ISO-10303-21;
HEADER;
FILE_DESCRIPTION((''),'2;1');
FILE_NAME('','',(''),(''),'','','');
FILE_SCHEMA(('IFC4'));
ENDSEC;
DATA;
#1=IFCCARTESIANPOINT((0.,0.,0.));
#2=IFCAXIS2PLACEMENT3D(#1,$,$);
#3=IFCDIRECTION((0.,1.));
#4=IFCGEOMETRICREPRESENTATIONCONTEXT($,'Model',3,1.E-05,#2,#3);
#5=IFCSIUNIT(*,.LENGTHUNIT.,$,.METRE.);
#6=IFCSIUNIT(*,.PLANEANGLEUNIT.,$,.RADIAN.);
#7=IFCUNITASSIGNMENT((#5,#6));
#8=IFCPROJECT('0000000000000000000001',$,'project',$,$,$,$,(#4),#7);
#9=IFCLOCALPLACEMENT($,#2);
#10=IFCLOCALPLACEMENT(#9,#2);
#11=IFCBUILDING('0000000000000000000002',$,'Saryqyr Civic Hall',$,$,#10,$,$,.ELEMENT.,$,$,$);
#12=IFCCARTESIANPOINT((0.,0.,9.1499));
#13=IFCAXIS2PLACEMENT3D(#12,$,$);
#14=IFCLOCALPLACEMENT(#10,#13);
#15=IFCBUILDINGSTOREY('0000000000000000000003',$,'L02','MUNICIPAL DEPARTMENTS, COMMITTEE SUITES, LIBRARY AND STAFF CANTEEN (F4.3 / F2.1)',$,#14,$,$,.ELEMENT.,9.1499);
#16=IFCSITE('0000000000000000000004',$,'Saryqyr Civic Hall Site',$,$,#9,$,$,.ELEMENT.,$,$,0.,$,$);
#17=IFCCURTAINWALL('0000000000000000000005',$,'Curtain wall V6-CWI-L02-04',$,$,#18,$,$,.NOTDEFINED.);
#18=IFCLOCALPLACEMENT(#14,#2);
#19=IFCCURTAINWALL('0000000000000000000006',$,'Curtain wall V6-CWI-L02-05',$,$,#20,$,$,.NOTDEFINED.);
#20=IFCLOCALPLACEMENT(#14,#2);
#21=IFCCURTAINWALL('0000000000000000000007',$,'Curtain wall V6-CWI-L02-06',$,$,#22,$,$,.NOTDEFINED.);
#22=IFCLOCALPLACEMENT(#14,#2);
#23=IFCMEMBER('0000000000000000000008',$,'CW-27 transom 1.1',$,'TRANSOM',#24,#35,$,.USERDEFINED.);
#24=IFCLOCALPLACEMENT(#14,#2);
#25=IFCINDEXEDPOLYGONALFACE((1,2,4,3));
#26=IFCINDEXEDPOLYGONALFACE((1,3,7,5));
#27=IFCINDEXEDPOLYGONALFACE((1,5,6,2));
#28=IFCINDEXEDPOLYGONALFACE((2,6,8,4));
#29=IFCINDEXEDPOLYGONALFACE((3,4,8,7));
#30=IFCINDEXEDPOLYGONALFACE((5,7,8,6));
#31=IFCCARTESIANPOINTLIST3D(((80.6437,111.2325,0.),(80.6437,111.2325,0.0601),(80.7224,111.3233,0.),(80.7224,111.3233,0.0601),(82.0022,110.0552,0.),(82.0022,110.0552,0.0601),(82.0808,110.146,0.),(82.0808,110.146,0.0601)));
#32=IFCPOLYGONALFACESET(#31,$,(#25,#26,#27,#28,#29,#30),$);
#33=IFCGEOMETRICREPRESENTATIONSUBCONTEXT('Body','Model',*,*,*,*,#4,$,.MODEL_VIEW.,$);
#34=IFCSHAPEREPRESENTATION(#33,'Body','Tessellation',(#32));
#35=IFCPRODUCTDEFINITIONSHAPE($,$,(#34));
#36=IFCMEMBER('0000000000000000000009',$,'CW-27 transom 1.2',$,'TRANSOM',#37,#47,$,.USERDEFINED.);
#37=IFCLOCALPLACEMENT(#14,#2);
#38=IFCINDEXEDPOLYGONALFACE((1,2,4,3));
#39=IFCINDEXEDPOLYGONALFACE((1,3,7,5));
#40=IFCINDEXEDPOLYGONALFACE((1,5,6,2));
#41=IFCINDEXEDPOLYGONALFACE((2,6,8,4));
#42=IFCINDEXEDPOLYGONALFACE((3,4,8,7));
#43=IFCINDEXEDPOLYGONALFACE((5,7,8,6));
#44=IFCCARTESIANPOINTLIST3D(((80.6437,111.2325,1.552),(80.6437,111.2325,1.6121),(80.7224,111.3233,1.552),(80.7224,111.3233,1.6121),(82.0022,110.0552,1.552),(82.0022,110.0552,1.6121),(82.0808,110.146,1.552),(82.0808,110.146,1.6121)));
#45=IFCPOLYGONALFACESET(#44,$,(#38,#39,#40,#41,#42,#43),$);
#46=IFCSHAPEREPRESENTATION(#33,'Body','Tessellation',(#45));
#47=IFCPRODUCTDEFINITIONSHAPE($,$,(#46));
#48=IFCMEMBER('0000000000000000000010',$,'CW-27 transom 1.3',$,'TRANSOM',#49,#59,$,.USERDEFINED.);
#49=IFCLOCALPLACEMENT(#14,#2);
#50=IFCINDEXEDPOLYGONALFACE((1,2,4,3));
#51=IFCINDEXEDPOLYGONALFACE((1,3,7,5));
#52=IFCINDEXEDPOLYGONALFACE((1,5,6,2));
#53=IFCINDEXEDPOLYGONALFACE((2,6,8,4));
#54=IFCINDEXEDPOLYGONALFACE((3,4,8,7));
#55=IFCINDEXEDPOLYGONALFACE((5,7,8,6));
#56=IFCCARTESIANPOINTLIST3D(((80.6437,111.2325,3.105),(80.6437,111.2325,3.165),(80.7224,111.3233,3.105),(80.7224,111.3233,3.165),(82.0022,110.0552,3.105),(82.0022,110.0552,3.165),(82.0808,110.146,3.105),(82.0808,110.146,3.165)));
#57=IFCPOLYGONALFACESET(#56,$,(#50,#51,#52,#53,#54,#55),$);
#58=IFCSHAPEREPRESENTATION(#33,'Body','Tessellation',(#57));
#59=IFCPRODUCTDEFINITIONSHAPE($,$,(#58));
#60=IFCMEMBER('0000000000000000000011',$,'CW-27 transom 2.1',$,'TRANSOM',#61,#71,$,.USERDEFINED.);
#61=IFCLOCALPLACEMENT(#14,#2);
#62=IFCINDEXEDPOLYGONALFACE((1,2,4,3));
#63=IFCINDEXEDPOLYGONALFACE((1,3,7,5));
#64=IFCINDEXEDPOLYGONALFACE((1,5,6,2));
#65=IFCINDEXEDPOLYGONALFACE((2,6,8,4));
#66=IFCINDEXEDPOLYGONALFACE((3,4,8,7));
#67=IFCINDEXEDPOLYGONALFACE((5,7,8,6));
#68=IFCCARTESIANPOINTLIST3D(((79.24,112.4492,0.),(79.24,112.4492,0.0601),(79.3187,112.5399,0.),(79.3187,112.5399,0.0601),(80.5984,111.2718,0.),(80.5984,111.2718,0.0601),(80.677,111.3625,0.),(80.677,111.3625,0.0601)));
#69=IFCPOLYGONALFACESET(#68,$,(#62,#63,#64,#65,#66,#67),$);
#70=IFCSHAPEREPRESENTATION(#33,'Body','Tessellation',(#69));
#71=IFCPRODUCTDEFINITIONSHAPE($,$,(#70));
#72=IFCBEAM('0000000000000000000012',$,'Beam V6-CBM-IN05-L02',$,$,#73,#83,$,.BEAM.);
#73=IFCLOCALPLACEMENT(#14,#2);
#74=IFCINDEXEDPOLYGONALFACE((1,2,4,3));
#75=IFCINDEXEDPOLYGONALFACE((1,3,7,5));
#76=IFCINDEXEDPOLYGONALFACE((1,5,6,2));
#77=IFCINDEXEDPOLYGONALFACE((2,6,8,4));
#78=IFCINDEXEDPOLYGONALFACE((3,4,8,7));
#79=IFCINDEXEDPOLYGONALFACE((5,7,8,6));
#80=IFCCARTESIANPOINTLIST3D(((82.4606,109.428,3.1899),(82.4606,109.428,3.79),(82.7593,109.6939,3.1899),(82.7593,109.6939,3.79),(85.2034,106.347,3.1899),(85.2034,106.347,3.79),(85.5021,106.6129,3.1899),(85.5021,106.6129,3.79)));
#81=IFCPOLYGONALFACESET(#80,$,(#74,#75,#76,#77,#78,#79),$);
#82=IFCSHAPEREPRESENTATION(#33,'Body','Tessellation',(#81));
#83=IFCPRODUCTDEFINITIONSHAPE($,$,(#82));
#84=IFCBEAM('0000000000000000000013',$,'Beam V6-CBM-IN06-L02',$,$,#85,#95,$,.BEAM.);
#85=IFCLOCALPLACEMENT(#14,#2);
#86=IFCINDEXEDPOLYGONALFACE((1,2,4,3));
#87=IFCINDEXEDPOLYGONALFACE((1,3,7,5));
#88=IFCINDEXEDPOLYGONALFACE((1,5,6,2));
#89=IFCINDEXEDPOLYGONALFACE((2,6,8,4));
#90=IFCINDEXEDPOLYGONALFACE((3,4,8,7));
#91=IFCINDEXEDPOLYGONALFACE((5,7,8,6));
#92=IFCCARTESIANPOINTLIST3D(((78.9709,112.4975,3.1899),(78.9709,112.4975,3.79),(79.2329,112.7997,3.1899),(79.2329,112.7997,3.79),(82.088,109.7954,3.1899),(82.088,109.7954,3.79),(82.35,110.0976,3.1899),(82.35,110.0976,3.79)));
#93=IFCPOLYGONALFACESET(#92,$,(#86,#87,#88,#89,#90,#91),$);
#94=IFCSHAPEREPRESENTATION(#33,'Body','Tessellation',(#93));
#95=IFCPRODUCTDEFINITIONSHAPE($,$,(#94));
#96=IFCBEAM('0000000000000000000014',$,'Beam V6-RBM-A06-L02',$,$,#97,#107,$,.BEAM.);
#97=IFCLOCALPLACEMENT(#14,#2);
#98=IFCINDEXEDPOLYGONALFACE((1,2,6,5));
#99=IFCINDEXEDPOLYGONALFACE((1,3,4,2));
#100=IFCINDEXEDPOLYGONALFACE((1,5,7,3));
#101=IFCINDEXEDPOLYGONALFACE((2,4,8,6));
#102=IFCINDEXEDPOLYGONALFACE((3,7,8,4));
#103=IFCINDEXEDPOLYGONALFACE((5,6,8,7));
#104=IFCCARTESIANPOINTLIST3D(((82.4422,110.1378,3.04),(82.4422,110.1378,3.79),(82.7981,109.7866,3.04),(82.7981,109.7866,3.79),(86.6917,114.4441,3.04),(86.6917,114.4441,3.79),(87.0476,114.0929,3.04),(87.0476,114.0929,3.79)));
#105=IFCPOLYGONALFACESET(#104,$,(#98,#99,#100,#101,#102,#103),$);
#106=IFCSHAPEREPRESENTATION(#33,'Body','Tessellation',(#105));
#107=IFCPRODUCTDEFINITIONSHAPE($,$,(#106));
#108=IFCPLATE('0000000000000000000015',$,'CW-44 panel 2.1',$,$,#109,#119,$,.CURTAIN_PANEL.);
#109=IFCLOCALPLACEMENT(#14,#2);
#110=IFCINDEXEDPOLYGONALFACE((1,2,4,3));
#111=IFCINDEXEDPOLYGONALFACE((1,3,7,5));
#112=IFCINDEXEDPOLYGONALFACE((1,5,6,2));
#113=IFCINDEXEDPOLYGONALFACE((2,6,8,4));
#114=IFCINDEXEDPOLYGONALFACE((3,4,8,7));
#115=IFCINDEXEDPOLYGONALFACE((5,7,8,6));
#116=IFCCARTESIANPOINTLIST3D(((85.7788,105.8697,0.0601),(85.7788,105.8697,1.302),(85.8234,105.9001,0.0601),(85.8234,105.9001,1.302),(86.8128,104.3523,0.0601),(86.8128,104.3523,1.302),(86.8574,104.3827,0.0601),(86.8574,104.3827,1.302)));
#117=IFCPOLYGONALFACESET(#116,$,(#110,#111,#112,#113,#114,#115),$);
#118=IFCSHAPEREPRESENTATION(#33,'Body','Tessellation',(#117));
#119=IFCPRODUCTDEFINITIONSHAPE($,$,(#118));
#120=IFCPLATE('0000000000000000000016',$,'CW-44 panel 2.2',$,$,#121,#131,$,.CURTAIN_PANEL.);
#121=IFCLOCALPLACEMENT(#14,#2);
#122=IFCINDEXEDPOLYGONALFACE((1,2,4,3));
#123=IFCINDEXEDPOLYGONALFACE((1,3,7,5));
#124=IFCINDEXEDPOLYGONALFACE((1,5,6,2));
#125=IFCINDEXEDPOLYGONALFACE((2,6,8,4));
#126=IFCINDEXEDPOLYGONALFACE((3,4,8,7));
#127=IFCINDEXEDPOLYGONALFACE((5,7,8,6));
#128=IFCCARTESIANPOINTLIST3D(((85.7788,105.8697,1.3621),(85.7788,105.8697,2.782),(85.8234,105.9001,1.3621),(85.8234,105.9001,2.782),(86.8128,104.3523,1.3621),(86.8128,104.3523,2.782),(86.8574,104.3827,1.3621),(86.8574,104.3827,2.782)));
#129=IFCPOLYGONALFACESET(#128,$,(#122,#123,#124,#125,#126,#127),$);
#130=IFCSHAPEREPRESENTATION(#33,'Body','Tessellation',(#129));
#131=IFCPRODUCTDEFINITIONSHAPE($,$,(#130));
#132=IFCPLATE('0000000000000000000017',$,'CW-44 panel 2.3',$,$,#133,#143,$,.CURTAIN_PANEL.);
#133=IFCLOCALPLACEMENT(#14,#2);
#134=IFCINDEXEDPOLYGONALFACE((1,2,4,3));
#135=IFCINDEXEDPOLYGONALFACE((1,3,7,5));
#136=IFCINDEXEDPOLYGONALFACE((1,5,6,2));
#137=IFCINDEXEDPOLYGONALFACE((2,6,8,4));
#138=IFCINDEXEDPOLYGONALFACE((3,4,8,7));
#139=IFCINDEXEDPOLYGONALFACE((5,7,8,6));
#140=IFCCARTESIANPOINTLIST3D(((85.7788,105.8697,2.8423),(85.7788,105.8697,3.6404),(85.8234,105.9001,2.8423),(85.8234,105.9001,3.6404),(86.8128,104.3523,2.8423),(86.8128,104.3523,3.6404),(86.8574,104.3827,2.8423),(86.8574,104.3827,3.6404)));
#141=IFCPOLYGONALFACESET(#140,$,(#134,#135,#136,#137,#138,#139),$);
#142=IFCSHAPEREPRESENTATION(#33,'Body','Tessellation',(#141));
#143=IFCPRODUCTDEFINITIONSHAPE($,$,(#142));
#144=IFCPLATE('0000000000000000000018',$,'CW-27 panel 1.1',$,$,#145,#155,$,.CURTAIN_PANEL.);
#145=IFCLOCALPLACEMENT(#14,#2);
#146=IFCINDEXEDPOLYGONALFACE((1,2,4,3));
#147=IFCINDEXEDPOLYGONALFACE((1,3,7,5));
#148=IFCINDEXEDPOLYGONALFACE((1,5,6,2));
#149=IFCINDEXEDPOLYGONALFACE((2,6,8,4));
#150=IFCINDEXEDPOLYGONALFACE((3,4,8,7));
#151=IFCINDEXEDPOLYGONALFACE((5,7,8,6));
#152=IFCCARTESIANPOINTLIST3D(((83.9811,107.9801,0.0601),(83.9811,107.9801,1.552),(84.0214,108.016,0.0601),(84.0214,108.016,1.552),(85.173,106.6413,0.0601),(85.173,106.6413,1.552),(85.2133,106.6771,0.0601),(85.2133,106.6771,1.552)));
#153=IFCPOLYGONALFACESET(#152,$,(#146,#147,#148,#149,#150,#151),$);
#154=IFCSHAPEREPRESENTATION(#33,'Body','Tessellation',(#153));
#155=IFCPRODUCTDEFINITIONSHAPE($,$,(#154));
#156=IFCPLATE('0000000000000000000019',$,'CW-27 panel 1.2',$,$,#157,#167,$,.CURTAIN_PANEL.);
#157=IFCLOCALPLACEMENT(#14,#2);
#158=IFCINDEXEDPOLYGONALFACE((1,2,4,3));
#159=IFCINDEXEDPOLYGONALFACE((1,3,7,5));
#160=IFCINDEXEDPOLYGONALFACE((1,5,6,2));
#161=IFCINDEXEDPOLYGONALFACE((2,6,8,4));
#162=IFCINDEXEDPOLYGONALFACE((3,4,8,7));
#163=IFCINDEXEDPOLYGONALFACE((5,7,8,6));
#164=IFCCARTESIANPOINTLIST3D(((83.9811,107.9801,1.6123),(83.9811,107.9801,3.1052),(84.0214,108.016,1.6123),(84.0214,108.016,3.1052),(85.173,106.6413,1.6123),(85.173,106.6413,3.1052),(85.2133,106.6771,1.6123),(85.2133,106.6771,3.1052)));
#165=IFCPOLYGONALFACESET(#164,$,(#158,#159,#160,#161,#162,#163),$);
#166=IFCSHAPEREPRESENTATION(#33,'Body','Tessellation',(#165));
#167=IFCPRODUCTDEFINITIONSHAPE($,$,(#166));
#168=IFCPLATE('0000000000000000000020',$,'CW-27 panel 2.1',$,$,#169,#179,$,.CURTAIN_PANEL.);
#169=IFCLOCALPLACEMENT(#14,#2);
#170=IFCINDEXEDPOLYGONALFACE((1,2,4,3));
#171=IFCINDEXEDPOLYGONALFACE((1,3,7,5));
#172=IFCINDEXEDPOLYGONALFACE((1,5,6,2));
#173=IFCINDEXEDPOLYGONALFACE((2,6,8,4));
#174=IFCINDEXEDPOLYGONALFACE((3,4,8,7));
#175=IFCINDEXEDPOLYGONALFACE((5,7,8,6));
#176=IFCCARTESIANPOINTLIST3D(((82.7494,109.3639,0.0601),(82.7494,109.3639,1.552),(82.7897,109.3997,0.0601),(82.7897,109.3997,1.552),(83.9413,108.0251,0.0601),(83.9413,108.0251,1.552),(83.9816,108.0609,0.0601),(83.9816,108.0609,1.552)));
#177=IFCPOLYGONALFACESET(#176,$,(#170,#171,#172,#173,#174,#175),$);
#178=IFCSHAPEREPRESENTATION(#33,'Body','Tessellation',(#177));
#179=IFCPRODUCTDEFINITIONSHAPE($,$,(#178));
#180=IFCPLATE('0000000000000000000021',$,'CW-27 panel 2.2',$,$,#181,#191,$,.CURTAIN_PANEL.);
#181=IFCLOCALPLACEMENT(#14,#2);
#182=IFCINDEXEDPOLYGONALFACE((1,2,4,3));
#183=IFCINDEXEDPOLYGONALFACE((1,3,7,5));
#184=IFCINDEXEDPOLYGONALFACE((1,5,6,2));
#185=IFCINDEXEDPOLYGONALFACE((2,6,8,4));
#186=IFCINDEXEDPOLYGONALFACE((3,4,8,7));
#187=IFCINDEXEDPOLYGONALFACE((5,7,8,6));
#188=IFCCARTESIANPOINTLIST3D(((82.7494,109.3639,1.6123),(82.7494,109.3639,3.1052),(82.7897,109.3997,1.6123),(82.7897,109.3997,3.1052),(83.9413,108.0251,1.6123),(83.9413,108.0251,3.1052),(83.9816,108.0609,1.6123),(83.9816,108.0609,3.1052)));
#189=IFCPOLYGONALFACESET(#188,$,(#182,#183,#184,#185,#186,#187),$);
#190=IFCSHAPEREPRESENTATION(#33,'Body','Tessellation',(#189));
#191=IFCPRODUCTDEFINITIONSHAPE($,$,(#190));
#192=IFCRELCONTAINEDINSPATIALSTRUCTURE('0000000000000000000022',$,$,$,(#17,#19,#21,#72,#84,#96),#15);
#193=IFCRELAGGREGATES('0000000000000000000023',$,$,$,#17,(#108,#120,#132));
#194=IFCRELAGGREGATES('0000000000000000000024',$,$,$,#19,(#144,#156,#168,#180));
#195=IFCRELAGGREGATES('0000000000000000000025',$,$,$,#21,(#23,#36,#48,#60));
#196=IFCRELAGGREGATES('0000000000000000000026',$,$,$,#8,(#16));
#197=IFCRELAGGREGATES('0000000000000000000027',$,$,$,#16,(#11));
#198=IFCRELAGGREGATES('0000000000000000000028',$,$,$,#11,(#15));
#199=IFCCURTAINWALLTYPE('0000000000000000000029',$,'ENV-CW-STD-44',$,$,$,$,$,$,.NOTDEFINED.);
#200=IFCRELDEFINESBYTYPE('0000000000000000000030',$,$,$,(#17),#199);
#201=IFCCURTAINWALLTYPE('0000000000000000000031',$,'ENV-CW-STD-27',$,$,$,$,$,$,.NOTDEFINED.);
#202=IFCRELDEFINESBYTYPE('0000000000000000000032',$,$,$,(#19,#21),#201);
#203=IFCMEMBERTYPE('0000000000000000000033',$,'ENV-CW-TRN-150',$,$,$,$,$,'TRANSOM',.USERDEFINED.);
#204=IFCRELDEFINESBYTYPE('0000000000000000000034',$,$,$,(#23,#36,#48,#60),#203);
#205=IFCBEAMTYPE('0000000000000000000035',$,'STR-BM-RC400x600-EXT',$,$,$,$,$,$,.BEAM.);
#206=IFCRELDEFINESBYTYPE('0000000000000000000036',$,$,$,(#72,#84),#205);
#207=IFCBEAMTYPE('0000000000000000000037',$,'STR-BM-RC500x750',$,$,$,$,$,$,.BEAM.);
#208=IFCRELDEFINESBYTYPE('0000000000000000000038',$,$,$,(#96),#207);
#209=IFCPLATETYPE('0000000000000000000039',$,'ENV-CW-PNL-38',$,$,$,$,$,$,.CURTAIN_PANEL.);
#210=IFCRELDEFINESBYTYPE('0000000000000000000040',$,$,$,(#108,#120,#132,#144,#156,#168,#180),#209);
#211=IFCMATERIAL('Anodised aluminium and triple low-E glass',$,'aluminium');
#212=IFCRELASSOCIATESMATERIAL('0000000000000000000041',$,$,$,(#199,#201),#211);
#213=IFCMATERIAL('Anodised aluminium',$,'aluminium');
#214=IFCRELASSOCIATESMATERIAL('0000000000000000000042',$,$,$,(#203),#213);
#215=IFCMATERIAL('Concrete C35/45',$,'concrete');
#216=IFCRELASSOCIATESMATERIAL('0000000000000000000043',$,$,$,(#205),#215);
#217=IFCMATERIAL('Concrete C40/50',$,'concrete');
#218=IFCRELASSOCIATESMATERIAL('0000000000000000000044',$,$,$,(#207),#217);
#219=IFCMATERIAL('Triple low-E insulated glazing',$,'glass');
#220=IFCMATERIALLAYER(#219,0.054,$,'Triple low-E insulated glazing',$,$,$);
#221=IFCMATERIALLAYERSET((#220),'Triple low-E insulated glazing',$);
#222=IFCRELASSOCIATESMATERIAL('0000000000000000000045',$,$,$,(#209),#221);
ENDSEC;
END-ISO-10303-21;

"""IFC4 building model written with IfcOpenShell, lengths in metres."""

from ifc_helpers import new_model, si_unit, direction, frame, origin, origin_2d, place, context, subcontext, project, spatial, rectangle, extrude, material, layer, layer_set, material_profile, profile_set, type_object, element, aggregate, save


model = new_model("IFC4")

# Units and contexts
model_context = context("Model", 3, precision=1e-05, world=origin(), true_north=direction((0.0, 1.0)))
body_context = subcontext(model_context, "Body", "Model", "MODEL_VIEW")
ifc_project = project(units=[si_unit("LENGTHUNIT", "METRE"), si_unit("PLANEANGLEUNIT", "RADIAN")], contexts=[model_context])

# Site, building, storey
site_placement = place(None, origin())
site = spatial("IfcSite", under=ifc_project, at=site_placement, Name="Saryqyr Civic Hall Site", CompositionType="ELEMENT", RefElevation=0.0)
building_placement = place(site_placement, origin())
building = spatial("IfcBuilding", under=site, at=building_placement, Name="Saryqyr Civic Hall", CompositionType="ELEMENT")
storey_placement = place(building_placement, frame((0.0, 0.0, 9.1499)))
storey = spatial("IfcBuildingStorey", under=building, at=storey_placement, Name="L02", Description="MUNICIPAL DEPARTMENTS, COMMITTEE SUITES, LIBRARY AND STAFF CANTEEN (F4.3 / F2.1)", CompositionType="ELEMENT", Elevation=9.1499)

# Shared definitions
ifc_material_1 = material(Name="Concrete C40/50", Category="concrete")

# Curtain wall
ifc_material_2 = material(Name="Anodised aluminium and triple low-E glass", Category="aluminium")
curtain_wall_type_1 = type_object("IfcCurtainWallType", Name="ENV-CW-STD-44", PredefinedType="NOTDEFINED", material=ifc_material_2)
curtain_wall_1_placement = place(storey_placement, origin())
curtain_wall_1 = element("IfcCurtainWall", 1, at=curtain_wall_1_placement, inside=storey, type_object=curtain_wall_type_1, Name="Curtain wall V6-CWI-L02-04", PredefinedType="NOTDEFINED")
ifc_material_3 = material(Name="Anodised aluminium", Category="aluminium")

# Curtain walls
curtain_wall_type_2 = type_object("IfcCurtainWallType", Name="ENV-CW-STD-27", PredefinedType="NOTDEFINED", material=ifc_material_2)
curtain_wall_2_placement = place(storey_placement, origin())
curtain_wall_2 = element("IfcCurtainWall", 2, at=curtain_wall_2_placement, inside=storey, type_object=curtain_wall_type_2, Name="Curtain wall V6-CWI-L02-05", PredefinedType="NOTDEFINED")
curtain_wall_3_placement = place(storey_placement, origin())
curtain_wall_3 = element("IfcCurtainWall", 3, at=curtain_wall_3_placement, inside=storey, type_object=curtain_wall_type_2, Name="Curtain wall V6-CWI-L02-06", PredefinedType="NOTDEFINED")

# Members
ifc_material_profile_1 = material_profile(ifc_material_3, rectangle(XDim=0.1201, YDim=0.0601, at=origin_2d()), Name="ALU TRANSOM 120x60")
ifc_profile_set_1 = profile_set([ifc_material_profile_1], Name="Anodised aluminium")
member_type_1 = type_object("IfcMemberType", Name="ENV-CW-TRN-150", ElementType="TRANSOM", PredefinedType="USERDEFINED", material=ifc_profile_set_1)
member_1_placement = place(storey_placement, frame((82.0415, 110.1006, 0.03), z_axis=(-0.755698, 0.65492, 0.0), x_axis=(-0.65492, -0.755698, 0.0)))
member_1 = element("IfcMember", 4, at=member_1_placement, type_object=member_type_1, Name="CW-27 transom 1.1", ObjectType="TRANSOM", PredefinedType="USERDEFINED", context=body_context, shape_type="SweptSolid", body=[
    extrude(rectangle(XDim=0.1201, YDim=0.0601, at=origin_2d()), origin(), (0.0, 0.0, 1.0), 1.7976),
])
member_2_placement = place(storey_placement, frame((82.0415, 110.1006, 1.582), z_axis=(-0.755698, 0.65492, 0.0), x_axis=(-0.65492, -0.755698, 0.0)))
member_2 = element("IfcMember", 5, at=member_2_placement, type_object=member_type_1, Name="CW-27 transom 1.2", ObjectType="TRANSOM", PredefinedType="USERDEFINED", context=body_context, shape_type="SweptSolid", body=[
    extrude(rectangle(XDim=0.1201, YDim=0.0601, at=origin_2d()), origin(), (0.0, 0.0, 1.0), 1.7976),
])
member_3_placement = place(storey_placement, frame((82.0415, 110.1006, 3.135), z_axis=(-0.755698, 0.65492, 0.0), x_axis=(-0.65492, -0.755698, 0.0)))
member_3 = element("IfcMember", 6, at=member_3_placement, type_object=member_type_1, Name="CW-27 transom 1.3", ObjectType="TRANSOM", PredefinedType="USERDEFINED", context=body_context, shape_type="SweptSolid", body=[
    extrude(rectangle(XDim=0.1201, YDim=0.0601, at=origin_2d()), origin(), (0.0, 0.0, 1.0), 1.7976),
])
member_4_placement = place(storey_placement, frame((80.6377, 111.3171, 0.03), z_axis=(-0.755631, 0.654998, 0.0), x_axis=(-0.654998, -0.755631, 0.0)))
member_4 = element("IfcMember", 7, at=member_4_placement, type_object=member_type_1, Name="CW-27 transom 2.1", ObjectType="TRANSOM", PredefinedType="USERDEFINED", context=body_context, shape_type="SweptSolid", body=[
    extrude(rectangle(XDim=0.1201, YDim=0.0601, at=origin_2d()), origin(), (0.0, 0.0, 1.0), 1.7976),
])

# Beams
ifc_material_4 = material(Name="Concrete C35/45", Category="concrete")
ifc_material_profile_2 = material_profile(ifc_material_4, rectangle(XDim=0.3999, YDim=0.6001, at=origin_2d()), Name="RC 400x600")
ifc_profile_set_2 = profile_set([ifc_material_profile_2], Name="Concrete C35/45")
beam_type_1 = type_object("IfcBeamType", Name="STR-BM-RC400x600-EXT", PredefinedType="BEAM", material=ifc_profile_set_2)
beam_1_placement = place(storey_placement, frame((85.3528, 106.48, 3.49), z_axis=(-0.664933, 0.746903, 0.0), x_axis=(-0.746903, -0.664933, 0.0)))
element("IfcBeam", 8, at=beam_1_placement, inside=storey, type_object=beam_type_1, Name="Beam V6-CBM-IN05-L02", PredefinedType="BEAM", context=body_context, shape_type="SweptSolid", body=[
    extrude(rectangle(XDim=0.3999, YDim=0.6001, at=origin_2d()), origin(), (0.0, 0.0, 1.0), 4.125),
])
beam_2_placement = place(storey_placement, frame((82.219, 109.9465, 3.49), z_axis=(-0.755619, 0.655012, 0.0), x_axis=(-0.655012, -0.755619, 0.0)))
element("IfcBeam", 9, at=beam_2_placement, inside=storey, type_object=beam_type_1, Name="Beam V6-CBM-IN06-L02", PredefinedType="BEAM", context=body_context, shape_type="SweptSolid", body=[
    extrude(rectangle(XDim=0.3999, YDim=0.6001, at=origin_2d()), origin(), (0.0, 0.0, 1.0), 4.1252),
])
ifc_material_profile_3 = material_profile(ifc_material_1, rectangle(XDim=0.5, YDim=0.75, at=origin_2d()), Name="RC 500x750")
ifc_profile_set_3 = profile_set([ifc_material_profile_3], Name="Concrete C40/50")
beam_type_2 = type_object("IfcBeamType", Name="STR-BM-RC500x750", PredefinedType="BEAM", material=ifc_profile_set_3)
beam_3_placement = place(storey_placement, frame((82.6201, 109.9622, 3.415), z_axis=(0.70239, 0.711792, 0.0), x_axis=(-0.711792, 0.70239, 0.0)))
element("IfcBeam", 10, at=beam_3_placement, inside=storey, type_object=beam_type_2, Name="Beam V6-RBM-A06-L02", PredefinedType="BEAM", context=body_context, shape_type="SweptSolid", body=[
    extrude(rectangle(XDim=0.5, YDim=0.75, at=origin_2d()), origin(), (0.0, 0.0, 1.0), 6.05),
])

# Plates
ifc_material_5 = material(Name="Triple low-E insulated glazing", Category="glass")
ifc_layer_1 = layer(ifc_material_5, 0.054, Name="Triple low-E insulated glazing")
ifc_layer_set_1 = layer_set([ifc_layer_1], Name="Triple low-E insulated glazing")
plate_type = type_object("IfcPlateType", Name="ENV-CW-PNL-38", PredefinedType="CURTAIN_PANEL", material=ifc_layer_set_1)
plate_1_placement = place(storey_placement, frame((86.3181, 105.1262, 0.0601), z_axis=(0.0, 0.0, 1.0), x_axis=(-0.56313, 0.826368, 0.0)))
plate_1 = element("IfcPlate", 11, at=plate_1_placement, type_object=plate_type, Name="CW-44 panel 2.1", PredefinedType="CURTAIN_PANEL", context=body_context, shape_type="SweptSolid", body=[
    extrude(rectangle(XDim=1.8362, YDim=0.054, at=origin_2d()), origin(), (0.0, 0.0, 1.0), 1.2419),
])
plate_2_placement = place(storey_placement, frame((86.3181, 105.1262, 1.3621), z_axis=(0.0, 0.0, 1.0), x_axis=(-0.56313, 0.826368, 0.0)))
plate_2 = element("IfcPlate", 12, at=plate_2_placement, type_object=plate_type, Name="CW-44 panel 2.2", PredefinedType="CURTAIN_PANEL", context=body_context, shape_type="SweptSolid", body=[
    extrude(rectangle(XDim=1.8362, YDim=0.054, at=origin_2d()), origin(), (0.0, 0.0, 1.0), 1.4199),
])
plate_3_placement = place(storey_placement, frame((86.3181, 105.1262, 2.8423), z_axis=(0.0, 0.0, 1.0), x_axis=(-0.56313, 0.826368, 0.0)))
plate_3 = element("IfcPlate", 13, at=plate_3_placement, type_object=plate_type, Name="CW-44 panel 2.3", PredefinedType="CURTAIN_PANEL", context=body_context, shape_type="SweptSolid", body=[
    extrude(rectangle(XDim=1.8362, YDim=0.054, at=origin_2d()), origin(), (0.0, 0.0, 1.0), 0.7981),
])
aggregate(curtain_wall_1, [plate_1, plate_2, plate_3])
plate_4_placement = place(storey_placement, frame((84.5972, 107.3286, 0.0601), z_axis=(0.0, 0.0, 1.0), x_axis=(-0.664934, 0.746902, 0.0)))
plate_4 = element("IfcPlate", 14, at=plate_4_placement, type_object=plate_type, Name="CW-27 panel 1.1", PredefinedType="CURTAIN_PANEL", context=body_context, shape_type="SweptSolid", body=[
    extrude(rectangle(XDim=1.7925, YDim=0.054, at=origin_2d()), origin(), (0.0, 0.0, 1.0), 1.4919),
])
plate_5_placement = place(storey_placement, frame((84.5972, 107.3286, 1.6123), z_axis=(0.0, 0.0, 1.0), x_axis=(-0.664934, 0.746902, 0.0)))
plate_5 = element("IfcPlate", 15, at=plate_5_placement, type_object=plate_type, Name="CW-27 panel 1.2", PredefinedType="CURTAIN_PANEL", context=body_context, shape_type="SweptSolid", body=[
    extrude(rectangle(XDim=1.7925, YDim=0.054, at=origin_2d()), origin(), (0.0, 0.0, 1.0), 1.4929),
])
plate_6_placement = place(storey_placement, frame((83.3655, 108.7124, 0.0601), z_axis=(0.0, 0.0, 1.0), x_axis=(-0.664934, 0.746902, 0.0)))
plate_6 = element("IfcPlate", 16, at=plate_6_placement, type_object=plate_type, Name="CW-27 panel 2.1", PredefinedType="CURTAIN_PANEL", context=body_context, shape_type="SweptSolid", body=[
    extrude(rectangle(XDim=1.7925, YDim=0.054, at=origin_2d()), origin(), (0.0, 0.0, 1.0), 1.4919),
])
plate_7_placement = place(storey_placement, frame((83.3655, 108.7124, 1.6123), z_axis=(0.0, 0.0, 1.0), x_axis=(-0.664934, 0.746902, 0.0)))
plate_7 = element("IfcPlate", 17, at=plate_7_placement, type_object=plate_type, Name="CW-27 panel 2.2", PredefinedType="CURTAIN_PANEL", context=body_context, shape_type="SweptSolid", body=[
    extrude(rectangle(XDim=1.7925, YDim=0.054, at=origin_2d()), origin(), (0.0, 0.0, 1.0), 1.4929),
])
aggregate(curtain_wall_2, [plate_4, plate_5, plate_6, plate_7])
aggregate(curtain_wall_3, [member_1, member_2, member_3, member_4])

save(model, "model.ifc")
